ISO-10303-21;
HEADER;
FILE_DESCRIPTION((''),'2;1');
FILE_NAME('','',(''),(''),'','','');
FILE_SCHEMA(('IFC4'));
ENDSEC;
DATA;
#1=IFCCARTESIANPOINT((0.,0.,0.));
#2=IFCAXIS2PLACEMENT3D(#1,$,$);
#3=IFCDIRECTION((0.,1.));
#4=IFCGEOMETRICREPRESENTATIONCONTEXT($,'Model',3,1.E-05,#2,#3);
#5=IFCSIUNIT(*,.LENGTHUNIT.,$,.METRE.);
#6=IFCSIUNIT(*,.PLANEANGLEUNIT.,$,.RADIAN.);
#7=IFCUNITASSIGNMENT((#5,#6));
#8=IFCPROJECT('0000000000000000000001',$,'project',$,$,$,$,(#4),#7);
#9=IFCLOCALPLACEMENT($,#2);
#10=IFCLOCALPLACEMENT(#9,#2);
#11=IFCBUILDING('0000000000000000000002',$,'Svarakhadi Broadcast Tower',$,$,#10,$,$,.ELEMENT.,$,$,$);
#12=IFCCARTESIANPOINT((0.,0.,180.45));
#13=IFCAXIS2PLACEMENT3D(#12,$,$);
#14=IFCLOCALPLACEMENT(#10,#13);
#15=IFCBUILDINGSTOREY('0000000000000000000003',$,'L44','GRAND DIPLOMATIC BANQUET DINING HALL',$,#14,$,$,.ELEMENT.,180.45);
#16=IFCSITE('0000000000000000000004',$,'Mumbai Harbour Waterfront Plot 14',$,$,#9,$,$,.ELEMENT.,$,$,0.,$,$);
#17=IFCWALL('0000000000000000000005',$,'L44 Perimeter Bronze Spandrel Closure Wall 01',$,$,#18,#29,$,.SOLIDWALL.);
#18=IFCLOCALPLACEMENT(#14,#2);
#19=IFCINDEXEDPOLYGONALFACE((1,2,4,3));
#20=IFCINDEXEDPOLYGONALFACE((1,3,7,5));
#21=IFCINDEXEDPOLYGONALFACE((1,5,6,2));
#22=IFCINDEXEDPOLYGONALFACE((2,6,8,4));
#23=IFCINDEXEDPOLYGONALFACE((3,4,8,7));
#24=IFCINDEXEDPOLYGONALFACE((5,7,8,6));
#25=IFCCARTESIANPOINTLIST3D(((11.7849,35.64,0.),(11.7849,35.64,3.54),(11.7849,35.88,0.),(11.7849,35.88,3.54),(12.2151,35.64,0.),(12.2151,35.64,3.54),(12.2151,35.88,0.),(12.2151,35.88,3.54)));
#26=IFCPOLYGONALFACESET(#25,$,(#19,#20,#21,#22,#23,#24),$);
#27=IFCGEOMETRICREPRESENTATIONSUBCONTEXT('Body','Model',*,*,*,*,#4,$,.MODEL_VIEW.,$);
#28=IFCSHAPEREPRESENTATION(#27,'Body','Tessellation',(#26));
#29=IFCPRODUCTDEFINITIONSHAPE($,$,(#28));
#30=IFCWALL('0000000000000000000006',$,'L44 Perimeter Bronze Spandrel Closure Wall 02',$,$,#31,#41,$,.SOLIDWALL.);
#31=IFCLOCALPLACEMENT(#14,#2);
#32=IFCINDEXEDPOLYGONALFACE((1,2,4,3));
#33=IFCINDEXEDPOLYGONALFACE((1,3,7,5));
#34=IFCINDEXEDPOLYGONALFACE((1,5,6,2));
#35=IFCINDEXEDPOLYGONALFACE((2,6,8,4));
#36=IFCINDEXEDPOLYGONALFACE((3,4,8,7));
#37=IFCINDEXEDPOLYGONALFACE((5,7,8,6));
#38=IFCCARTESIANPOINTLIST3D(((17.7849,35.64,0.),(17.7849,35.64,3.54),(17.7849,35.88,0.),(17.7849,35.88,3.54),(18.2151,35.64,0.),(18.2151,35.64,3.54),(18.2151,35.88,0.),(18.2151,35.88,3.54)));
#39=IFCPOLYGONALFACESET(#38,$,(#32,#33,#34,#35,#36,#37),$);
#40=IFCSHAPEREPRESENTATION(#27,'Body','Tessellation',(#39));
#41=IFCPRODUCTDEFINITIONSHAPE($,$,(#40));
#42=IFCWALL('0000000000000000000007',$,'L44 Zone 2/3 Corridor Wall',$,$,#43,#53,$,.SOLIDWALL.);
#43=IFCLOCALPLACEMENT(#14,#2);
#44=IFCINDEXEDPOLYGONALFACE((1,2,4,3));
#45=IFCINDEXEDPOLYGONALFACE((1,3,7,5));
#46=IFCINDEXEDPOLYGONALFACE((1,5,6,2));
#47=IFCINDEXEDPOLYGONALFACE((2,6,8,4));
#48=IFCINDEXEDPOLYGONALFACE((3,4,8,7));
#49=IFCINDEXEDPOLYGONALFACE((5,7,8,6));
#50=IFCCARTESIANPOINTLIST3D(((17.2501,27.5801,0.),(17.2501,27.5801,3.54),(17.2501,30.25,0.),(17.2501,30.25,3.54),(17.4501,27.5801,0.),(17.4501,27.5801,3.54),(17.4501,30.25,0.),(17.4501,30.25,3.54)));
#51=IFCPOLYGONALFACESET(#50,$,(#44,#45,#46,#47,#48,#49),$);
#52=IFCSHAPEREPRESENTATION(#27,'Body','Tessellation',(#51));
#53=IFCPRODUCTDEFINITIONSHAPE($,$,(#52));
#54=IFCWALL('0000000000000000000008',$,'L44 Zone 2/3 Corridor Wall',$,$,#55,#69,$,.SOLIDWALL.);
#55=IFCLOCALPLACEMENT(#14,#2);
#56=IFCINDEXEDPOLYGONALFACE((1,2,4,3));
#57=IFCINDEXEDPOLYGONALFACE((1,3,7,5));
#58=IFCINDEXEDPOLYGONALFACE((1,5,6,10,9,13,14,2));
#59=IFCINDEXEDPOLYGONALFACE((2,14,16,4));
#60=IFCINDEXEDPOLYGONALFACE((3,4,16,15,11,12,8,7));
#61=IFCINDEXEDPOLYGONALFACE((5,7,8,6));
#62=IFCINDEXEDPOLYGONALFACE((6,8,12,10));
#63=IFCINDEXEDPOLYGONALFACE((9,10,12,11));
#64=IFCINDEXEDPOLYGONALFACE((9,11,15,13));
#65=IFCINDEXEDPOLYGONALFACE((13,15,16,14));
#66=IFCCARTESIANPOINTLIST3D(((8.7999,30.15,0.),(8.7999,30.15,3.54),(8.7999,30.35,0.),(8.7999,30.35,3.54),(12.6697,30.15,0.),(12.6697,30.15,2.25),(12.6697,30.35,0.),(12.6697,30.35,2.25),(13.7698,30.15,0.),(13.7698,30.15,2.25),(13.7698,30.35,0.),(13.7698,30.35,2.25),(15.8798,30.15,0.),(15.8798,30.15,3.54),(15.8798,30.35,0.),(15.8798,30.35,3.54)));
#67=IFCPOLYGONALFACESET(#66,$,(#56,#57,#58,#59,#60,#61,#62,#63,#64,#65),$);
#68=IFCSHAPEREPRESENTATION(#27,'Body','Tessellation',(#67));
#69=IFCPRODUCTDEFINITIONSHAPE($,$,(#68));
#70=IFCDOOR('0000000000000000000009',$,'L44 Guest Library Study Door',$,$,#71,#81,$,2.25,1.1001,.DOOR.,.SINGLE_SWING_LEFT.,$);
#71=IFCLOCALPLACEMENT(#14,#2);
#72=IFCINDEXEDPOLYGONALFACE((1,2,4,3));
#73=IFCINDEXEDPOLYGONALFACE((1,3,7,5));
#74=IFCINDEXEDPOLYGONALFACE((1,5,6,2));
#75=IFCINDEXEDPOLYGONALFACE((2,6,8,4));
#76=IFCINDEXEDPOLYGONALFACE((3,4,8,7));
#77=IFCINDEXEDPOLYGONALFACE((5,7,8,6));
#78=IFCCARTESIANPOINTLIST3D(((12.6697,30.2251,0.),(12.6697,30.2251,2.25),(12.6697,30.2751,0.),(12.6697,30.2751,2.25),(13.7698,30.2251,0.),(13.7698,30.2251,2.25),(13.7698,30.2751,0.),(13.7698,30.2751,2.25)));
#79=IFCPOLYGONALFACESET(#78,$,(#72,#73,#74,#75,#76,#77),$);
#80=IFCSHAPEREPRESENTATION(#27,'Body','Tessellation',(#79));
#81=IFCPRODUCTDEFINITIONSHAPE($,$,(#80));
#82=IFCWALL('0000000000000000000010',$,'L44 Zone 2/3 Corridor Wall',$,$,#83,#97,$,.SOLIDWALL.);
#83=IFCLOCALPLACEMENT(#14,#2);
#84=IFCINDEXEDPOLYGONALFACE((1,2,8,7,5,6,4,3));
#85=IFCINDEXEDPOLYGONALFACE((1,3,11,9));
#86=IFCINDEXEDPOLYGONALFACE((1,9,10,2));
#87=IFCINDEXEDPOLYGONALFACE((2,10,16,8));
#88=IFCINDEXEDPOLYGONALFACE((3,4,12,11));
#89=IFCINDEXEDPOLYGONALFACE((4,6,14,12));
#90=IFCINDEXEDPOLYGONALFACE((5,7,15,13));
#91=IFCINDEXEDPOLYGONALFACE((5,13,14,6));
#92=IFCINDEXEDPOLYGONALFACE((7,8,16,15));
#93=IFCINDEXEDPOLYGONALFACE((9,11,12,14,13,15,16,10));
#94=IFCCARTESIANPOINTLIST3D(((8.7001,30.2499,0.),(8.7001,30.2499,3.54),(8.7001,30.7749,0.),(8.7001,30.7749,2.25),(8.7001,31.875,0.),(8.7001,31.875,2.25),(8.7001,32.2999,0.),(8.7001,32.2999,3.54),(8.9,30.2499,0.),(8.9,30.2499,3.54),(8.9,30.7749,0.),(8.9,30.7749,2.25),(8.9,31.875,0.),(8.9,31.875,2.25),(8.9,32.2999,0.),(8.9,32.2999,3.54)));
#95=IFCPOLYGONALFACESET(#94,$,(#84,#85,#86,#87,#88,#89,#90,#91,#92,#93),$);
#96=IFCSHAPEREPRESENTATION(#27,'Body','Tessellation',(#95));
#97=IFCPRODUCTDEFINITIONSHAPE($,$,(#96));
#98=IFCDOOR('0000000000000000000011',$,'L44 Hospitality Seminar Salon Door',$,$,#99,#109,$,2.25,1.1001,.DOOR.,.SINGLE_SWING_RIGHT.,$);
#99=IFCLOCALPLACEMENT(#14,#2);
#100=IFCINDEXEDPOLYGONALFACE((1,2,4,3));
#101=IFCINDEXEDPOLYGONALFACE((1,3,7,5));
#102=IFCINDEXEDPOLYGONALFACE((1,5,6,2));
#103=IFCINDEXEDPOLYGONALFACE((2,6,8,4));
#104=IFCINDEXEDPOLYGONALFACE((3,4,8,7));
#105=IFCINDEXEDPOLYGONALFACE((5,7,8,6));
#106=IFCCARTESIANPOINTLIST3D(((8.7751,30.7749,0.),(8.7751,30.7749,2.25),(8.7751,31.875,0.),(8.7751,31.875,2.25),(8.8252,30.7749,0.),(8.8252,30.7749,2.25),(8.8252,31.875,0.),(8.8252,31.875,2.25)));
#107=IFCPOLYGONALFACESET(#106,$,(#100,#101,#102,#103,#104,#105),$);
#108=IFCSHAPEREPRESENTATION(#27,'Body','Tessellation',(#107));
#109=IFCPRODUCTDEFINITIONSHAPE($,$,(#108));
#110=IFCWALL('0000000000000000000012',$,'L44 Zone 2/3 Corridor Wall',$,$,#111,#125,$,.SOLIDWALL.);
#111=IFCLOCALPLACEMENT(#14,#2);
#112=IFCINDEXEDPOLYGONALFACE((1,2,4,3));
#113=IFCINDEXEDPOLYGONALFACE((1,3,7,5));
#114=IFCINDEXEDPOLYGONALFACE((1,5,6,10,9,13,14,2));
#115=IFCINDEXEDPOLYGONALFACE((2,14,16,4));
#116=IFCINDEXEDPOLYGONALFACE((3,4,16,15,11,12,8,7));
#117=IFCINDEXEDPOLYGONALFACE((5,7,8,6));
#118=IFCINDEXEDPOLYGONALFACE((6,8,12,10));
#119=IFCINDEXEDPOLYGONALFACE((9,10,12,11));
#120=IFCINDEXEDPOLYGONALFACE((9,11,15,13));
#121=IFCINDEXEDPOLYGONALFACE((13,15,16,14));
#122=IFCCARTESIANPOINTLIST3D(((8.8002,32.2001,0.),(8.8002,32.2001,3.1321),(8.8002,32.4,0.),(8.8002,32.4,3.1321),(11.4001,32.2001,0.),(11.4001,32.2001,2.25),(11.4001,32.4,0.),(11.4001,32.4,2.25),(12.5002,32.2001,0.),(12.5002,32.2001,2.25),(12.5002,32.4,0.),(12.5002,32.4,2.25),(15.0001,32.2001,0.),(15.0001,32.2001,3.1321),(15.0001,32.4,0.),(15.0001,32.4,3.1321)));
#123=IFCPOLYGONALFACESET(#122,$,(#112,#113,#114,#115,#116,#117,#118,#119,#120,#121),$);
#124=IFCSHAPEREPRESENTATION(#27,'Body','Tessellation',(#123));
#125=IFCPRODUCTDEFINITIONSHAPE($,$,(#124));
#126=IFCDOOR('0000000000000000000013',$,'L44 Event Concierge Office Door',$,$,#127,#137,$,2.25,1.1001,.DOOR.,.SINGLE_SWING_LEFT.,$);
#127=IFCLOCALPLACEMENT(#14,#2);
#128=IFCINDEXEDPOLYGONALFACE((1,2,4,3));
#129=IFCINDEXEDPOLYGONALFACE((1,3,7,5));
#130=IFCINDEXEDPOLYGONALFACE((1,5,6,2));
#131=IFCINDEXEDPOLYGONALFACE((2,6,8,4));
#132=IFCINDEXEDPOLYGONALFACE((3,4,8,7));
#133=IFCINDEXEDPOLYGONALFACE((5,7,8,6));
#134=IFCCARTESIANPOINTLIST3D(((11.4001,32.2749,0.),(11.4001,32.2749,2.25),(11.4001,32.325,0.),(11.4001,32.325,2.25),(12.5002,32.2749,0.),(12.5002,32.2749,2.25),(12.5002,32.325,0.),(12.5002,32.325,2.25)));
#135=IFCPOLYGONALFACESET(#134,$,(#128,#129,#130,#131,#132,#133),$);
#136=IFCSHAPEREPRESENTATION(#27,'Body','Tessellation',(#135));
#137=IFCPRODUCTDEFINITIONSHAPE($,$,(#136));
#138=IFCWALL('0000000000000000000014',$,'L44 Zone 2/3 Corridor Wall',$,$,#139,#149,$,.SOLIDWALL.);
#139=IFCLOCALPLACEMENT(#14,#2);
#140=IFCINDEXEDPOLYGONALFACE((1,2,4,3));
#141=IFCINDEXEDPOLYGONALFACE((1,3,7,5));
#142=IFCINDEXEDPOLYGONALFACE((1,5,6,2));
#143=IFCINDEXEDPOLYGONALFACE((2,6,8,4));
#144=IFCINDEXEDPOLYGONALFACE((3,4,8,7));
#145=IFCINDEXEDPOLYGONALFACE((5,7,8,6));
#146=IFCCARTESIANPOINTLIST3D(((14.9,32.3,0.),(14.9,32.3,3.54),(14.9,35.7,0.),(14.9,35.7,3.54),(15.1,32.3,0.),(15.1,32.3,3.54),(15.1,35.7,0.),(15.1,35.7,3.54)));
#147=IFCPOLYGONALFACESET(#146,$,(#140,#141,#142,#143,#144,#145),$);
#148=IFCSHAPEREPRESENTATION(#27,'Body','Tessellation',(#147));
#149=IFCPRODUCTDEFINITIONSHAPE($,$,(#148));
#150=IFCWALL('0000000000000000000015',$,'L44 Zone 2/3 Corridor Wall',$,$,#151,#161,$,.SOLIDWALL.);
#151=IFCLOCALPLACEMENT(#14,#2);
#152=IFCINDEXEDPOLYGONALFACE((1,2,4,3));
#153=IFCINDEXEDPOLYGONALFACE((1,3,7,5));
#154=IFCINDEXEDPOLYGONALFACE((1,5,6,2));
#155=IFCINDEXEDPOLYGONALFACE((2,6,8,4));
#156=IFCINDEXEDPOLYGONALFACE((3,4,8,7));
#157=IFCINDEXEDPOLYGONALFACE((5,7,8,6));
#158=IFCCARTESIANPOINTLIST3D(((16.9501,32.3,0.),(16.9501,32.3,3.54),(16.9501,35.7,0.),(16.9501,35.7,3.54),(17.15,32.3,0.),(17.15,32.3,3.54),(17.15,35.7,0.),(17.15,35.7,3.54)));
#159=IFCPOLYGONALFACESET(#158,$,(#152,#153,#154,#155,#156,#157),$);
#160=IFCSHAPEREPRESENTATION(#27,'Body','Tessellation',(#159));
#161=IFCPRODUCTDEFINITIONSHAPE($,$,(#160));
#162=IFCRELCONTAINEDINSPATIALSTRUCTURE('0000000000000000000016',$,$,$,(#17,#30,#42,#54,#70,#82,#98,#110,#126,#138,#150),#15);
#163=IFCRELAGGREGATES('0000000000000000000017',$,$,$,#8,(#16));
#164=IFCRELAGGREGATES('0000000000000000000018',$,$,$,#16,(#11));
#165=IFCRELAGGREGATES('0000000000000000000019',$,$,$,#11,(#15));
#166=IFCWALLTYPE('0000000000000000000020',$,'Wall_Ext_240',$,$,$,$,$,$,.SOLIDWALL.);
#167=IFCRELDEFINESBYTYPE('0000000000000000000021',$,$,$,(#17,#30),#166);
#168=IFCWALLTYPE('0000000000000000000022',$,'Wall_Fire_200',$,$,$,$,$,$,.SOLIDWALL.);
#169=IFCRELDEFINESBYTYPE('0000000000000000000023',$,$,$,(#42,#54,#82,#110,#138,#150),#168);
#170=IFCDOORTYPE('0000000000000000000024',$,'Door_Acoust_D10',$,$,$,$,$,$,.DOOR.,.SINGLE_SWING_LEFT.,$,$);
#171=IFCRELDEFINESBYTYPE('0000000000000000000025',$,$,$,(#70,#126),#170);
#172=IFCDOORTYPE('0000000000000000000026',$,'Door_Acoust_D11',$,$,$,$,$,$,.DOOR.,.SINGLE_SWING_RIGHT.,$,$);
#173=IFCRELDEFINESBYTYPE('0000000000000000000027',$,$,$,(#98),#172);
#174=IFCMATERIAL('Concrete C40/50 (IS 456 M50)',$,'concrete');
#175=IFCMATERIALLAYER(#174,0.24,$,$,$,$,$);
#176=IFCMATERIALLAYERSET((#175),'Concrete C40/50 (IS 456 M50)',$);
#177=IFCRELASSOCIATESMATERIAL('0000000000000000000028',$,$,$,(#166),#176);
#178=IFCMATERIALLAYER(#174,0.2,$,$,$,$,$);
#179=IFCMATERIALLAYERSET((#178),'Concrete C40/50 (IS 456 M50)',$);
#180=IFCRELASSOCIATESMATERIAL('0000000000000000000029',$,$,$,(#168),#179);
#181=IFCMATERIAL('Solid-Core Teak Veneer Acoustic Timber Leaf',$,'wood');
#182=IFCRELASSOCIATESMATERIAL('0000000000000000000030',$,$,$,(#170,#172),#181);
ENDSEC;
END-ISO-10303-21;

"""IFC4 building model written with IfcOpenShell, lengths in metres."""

from ifc_helpers import new_model, si_unit, direction, frame, frame_2d, origin, place, context, subcontext, project, spatial, rectangle, extrude, material, layer, layer_set, type_object, element, fill, save


model = new_model("IFC4")

# Units and contexts
model_context = context("Model", 3, precision=1e-05, world=origin(), true_north=direction((0.0, 1.0)))
body_context = subcontext(model_context, "Body", "Model", "MODEL_VIEW")
ifc_project = project(units=[si_unit("LENGTHUNIT", "METRE"), si_unit("PLANEANGLEUNIT", "RADIAN")], contexts=[model_context])

# Site, building, storey
site_placement = place(None, origin())
site = spatial("IfcSite", under=ifc_project, at=site_placement, Name="Mumbai Harbour Waterfront Plot 14", CompositionType="ELEMENT", RefElevation=0.0)
building_placement = place(site_placement, origin())
building = spatial("IfcBuilding", under=site, at=building_placement, Name="Svarakhadi Broadcast Tower", CompositionType="ELEMENT")
storey_placement = place(building_placement, frame((0.0, 0.0, 180.45)))
storey = spatial("IfcBuildingStorey", under=building, at=storey_placement, Name="L44", Description="GRAND DIPLOMATIC BANQUET DINING HALL", CompositionType="ELEMENT", Elevation=180.45)

# Walls
ifc_material_1 = material(Name="Concrete C40/50 (IS 456 M50)", Category="concrete")
ifc_layer_1 = layer(ifc_material_1, 0.24)
ifc_layer_set_1 = layer_set([ifc_layer_1], Name="Concrete C40/50 (IS 456 M50)")
wall_type_1 = type_object("IfcWallType", Name="Wall_Ext_240", PredefinedType="SOLIDWALL", material=ifc_layer_set_1)
for number, where, z_axis, x_axis, name in (
    (1, (11.7849, 35.76, 0.0), (0.0, 0.0, 1.0), (1.0, 0.0, 0.0), "L44 Perimeter Bronze Spandrel Closure Wall 01"),
    (2, (17.7849, 35.76, 0.0), (0.0, 0.0, 1.0), (1.0, 0.0, 0.0), "L44 Perimeter Bronze Spandrel Closure Wall 02"),
):
    element("IfcWall", number, at=place(storey_placement, frame(where, z_axis=z_axis, x_axis=x_axis)), inside=storey, type_object=wall_type_1, Name=name, PredefinedType="SOLIDWALL", context=body_context, shape_type="SweptSolid", body=[
        extrude(rectangle(XDim=0.4302, YDim=0.24, at=frame_2d((0.2151, 0.0))), origin(), (0.0, 0.0, 1.0), 3.54),
    ])
ifc_layer_2 = layer(ifc_material_1, 0.2)
ifc_layer_set_2 = layer_set([ifc_layer_2], Name="Concrete C40/50 (IS 456 M50)")
wall_type_2 = type_object("IfcWallType", Name="Wall_Fire_200", PredefinedType="SOLIDWALL", material=ifc_layer_set_2)
wall_1_placement = place(storey_placement, frame((17.3501, 30.25, 0.0), z_axis=(0.0, 0.0, 1.0), x_axis=(0.0, -1.0, 0.0)))
element("IfcWall", 3, at=wall_1_placement, inside=storey, type_object=wall_type_2, Name="L44 Zone 2/3 Corridor Wall", PredefinedType="SOLIDWALL", context=body_context, shape_type="SweptSolid", body=[
    extrude(rectangle(XDim=2.6699, YDim=0.2, at=frame_2d((1.335, 0.0))), origin(), (0.0, 0.0, 1.0), 3.54),
])

# Walls, openings, doors
wall_2_placement = place(storey_placement, frame((15.8799, 30.25, 0.0), z_axis=(0.0, 0.0, 1.0), x_axis=(-1.0, 0.0, 0.0)))
wall_2 = element("IfcWall", 4, at=wall_2_placement, inside=storey, type_object=wall_type_2, Name="L44 Zone 2/3 Corridor Wall", PredefinedType="SOLIDWALL", context=body_context, shape_type="SweptSolid", body=[
    extrude(rectangle(XDim=7.0798, YDim=0.2, at=frame_2d((3.54, 0.0))), origin(), (0.0, 0.0, 1.0), 3.54),
])
opening_1_placement = place(wall_2_placement, frame((2.1101, 0.0, 0.0)))
opening_1 = element("IfcOpeningElement", 5, at=opening_1_placement, cuts=wall_2, PredefinedType="OPENING", context=body_context, shape_type="SweptSolid", body=[
    extrude(rectangle(XDim=1.1001, YDim=2.25, at=frame_2d((0.55, 1.125))), frame((0.0, 0.1099, 0.0), z_axis=(0.0, -1.0, 0.0), x_axis=(1.0, 0.0, 0.0)), (0.0, 0.0, 1.0), 0.22),
])
ifc_material_2 = material(Name="Solid-Core Teak Veneer Acoustic Timber Leaf", Category="wood")
door_type_1 = type_object("IfcDoorType", Name="Door_Acoust_D10", OperationType="SINGLE_SWING_LEFT", PredefinedType="DOOR", material=ifc_material_2)
door_1_placement = place(opening_1_placement, origin())
door_1 = element("IfcDoor", 6, at=door_1_placement, inside=storey, type_object=door_type_1, Name="L44 Guest Library Study Door", OperationType="SINGLE_SWING_LEFT", OverallHeight=2.25, OverallWidth=1.1001, PredefinedType="DOOR", context=body_context, shape_type="SweptSolid", body=[
    extrude(rectangle(XDim=1.1001, YDim=2.25, at=frame_2d((0.55, 1.125))), frame((0.0, 0.0249, 0.0), z_axis=(0.0, -1.0, 0.0), x_axis=(1.0, 0.0, 0.0)), (0.0, 0.0, 1.0), 0.05),
])
fill(opening_1, door_1)
wall_3_placement = place(storey_placement, frame((8.8, 30.25, 0.0), z_axis=(0.0, 0.0, 1.0), x_axis=(0.0, 1.0, 0.0)))
wall_3 = element("IfcWall", 7, at=wall_3_placement, inside=storey, type_object=wall_type_2, Name="L44 Zone 2/3 Corridor Wall", PredefinedType="SOLIDWALL", context=body_context, shape_type="SweptSolid", body=[
    extrude(rectangle(XDim=2.05, YDim=0.2, at=frame_2d((1.0249, 0.0))), origin(), (0.0, 0.0, 1.0), 3.54),
])
opening_2_placement = place(wall_3_placement, frame((0.5249, 0.0, 0.0)))
opening_2 = element("IfcOpeningElement", 8, at=opening_2_placement, cuts=wall_3, PredefinedType="OPENING", context=body_context, shape_type="SweptSolid", body=[
    extrude(rectangle(XDim=1.1001, YDim=2.25, at=frame_2d((0.55, 1.125))), frame((0.0, 0.1099, 0.0), z_axis=(0.0, -1.0, 0.0), x_axis=(1.0, 0.0, 0.0)), (0.0, 0.0, 1.0), 0.22),
])
door_type_2 = type_object("IfcDoorType", Name="Door_Acoust_D11", OperationType="SINGLE_SWING_RIGHT", PredefinedType="DOOR", material=ifc_material_2)
door_2_placement = place(opening_2_placement, origin())
door_2 = element("IfcDoor", 9, at=door_2_placement, inside=storey, type_object=door_type_2, Name="L44 Hospitality Seminar Salon Door", OperationType="SINGLE_SWING_RIGHT", OverallHeight=2.25, OverallWidth=1.1001, PredefinedType="DOOR", context=body_context, shape_type="SweptSolid", body=[
    extrude(rectangle(XDim=1.1001, YDim=2.25, at=frame_2d((0.55, 1.125))), frame((0.0, 0.0249, 0.0), z_axis=(0.0, -1.0, 0.0), x_axis=(1.0, 0.0, 0.0)), (0.0, 0.0, 1.0), 0.05),
])
fill(opening_2, door_2)
wall_4_placement = place(storey_placement, frame((8.8, 32.3, 0.0), z_axis=(0.0, 0.0, 1.0), x_axis=(1.0, 0.0, 0.0)))
wall_4 = element("IfcWall", 10, at=wall_4_placement, inside=storey, type_object=wall_type_2, Name="L44 Zone 2/3 Corridor Wall", PredefinedType="SOLIDWALL", context=body_context, shape_type="SweptSolid", body=[
    extrude(rectangle(XDim=6.2, YDim=0.2, at=frame_2d((3.1001, 0.0))), origin(), (0.0, 0.0, 1.0), 3.1321),
])
opening_3_placement = place(wall_4_placement, frame((2.6001, 0.0, 0.0)))
opening_3 = element("IfcOpeningElement", 11, at=opening_3_placement, cuts=wall_4, PredefinedType="OPENING", context=body_context, shape_type="SweptSolid", body=[
    extrude(rectangle(XDim=1.1001, YDim=2.25, at=frame_2d((0.55, 1.125))), frame((0.0, 0.1099, 0.0), z_axis=(0.0, -1.0, 0.0), x_axis=(1.0, 0.0, 0.0)), (0.0, 0.0, 1.0), 0.22),
])
door_3_placement = place(opening_3_placement, origin())
door_3 = element("IfcDoor", 12, at=door_3_placement, inside=storey, type_object=door_type_1, Name="L44 Event Concierge Office Door", OperationType="SINGLE_SWING_LEFT", OverallHeight=2.25, OverallWidth=1.1001, PredefinedType="DOOR", context=body_context, shape_type="SweptSolid", body=[
    extrude(rectangle(XDim=1.1001, YDim=2.25, at=frame_2d((0.55, 1.125))), frame((0.0, 0.0249, 0.0), z_axis=(0.0, -1.0, 0.0), x_axis=(1.0, 0.0, 0.0)), (0.0, 0.0, 1.0), 0.05),
])
fill(opening_3, door_3)

# Walls
for number, where, z_axis, x_axis, name in (
    (13, (15.0, 32.3, 0.0), (0.0, 0.0, 1.0), (0.0, 1.0, 0.0), "L44 Zone 2/3 Corridor Wall"),
    (14, (17.05, 35.7, 0.0), (0.0, 0.0, 1.0), (0.0, -1.0, 0.0), "L44 Zone 2/3 Corridor Wall"),
):
    element("IfcWall", number, at=place(storey_placement, frame(where, z_axis=z_axis, x_axis=x_axis)), inside=storey, type_object=wall_type_2, Name=name, PredefinedType="SOLIDWALL", context=body_context, shape_type="SweptSolid", body=[
        extrude(rectangle(XDim=3.3999, YDim=0.2, at=frame_2d((1.7, 0.0))), origin(), (0.0, 0.0, 1.0), 3.54),
    ])

save(model, "model.ifc")
